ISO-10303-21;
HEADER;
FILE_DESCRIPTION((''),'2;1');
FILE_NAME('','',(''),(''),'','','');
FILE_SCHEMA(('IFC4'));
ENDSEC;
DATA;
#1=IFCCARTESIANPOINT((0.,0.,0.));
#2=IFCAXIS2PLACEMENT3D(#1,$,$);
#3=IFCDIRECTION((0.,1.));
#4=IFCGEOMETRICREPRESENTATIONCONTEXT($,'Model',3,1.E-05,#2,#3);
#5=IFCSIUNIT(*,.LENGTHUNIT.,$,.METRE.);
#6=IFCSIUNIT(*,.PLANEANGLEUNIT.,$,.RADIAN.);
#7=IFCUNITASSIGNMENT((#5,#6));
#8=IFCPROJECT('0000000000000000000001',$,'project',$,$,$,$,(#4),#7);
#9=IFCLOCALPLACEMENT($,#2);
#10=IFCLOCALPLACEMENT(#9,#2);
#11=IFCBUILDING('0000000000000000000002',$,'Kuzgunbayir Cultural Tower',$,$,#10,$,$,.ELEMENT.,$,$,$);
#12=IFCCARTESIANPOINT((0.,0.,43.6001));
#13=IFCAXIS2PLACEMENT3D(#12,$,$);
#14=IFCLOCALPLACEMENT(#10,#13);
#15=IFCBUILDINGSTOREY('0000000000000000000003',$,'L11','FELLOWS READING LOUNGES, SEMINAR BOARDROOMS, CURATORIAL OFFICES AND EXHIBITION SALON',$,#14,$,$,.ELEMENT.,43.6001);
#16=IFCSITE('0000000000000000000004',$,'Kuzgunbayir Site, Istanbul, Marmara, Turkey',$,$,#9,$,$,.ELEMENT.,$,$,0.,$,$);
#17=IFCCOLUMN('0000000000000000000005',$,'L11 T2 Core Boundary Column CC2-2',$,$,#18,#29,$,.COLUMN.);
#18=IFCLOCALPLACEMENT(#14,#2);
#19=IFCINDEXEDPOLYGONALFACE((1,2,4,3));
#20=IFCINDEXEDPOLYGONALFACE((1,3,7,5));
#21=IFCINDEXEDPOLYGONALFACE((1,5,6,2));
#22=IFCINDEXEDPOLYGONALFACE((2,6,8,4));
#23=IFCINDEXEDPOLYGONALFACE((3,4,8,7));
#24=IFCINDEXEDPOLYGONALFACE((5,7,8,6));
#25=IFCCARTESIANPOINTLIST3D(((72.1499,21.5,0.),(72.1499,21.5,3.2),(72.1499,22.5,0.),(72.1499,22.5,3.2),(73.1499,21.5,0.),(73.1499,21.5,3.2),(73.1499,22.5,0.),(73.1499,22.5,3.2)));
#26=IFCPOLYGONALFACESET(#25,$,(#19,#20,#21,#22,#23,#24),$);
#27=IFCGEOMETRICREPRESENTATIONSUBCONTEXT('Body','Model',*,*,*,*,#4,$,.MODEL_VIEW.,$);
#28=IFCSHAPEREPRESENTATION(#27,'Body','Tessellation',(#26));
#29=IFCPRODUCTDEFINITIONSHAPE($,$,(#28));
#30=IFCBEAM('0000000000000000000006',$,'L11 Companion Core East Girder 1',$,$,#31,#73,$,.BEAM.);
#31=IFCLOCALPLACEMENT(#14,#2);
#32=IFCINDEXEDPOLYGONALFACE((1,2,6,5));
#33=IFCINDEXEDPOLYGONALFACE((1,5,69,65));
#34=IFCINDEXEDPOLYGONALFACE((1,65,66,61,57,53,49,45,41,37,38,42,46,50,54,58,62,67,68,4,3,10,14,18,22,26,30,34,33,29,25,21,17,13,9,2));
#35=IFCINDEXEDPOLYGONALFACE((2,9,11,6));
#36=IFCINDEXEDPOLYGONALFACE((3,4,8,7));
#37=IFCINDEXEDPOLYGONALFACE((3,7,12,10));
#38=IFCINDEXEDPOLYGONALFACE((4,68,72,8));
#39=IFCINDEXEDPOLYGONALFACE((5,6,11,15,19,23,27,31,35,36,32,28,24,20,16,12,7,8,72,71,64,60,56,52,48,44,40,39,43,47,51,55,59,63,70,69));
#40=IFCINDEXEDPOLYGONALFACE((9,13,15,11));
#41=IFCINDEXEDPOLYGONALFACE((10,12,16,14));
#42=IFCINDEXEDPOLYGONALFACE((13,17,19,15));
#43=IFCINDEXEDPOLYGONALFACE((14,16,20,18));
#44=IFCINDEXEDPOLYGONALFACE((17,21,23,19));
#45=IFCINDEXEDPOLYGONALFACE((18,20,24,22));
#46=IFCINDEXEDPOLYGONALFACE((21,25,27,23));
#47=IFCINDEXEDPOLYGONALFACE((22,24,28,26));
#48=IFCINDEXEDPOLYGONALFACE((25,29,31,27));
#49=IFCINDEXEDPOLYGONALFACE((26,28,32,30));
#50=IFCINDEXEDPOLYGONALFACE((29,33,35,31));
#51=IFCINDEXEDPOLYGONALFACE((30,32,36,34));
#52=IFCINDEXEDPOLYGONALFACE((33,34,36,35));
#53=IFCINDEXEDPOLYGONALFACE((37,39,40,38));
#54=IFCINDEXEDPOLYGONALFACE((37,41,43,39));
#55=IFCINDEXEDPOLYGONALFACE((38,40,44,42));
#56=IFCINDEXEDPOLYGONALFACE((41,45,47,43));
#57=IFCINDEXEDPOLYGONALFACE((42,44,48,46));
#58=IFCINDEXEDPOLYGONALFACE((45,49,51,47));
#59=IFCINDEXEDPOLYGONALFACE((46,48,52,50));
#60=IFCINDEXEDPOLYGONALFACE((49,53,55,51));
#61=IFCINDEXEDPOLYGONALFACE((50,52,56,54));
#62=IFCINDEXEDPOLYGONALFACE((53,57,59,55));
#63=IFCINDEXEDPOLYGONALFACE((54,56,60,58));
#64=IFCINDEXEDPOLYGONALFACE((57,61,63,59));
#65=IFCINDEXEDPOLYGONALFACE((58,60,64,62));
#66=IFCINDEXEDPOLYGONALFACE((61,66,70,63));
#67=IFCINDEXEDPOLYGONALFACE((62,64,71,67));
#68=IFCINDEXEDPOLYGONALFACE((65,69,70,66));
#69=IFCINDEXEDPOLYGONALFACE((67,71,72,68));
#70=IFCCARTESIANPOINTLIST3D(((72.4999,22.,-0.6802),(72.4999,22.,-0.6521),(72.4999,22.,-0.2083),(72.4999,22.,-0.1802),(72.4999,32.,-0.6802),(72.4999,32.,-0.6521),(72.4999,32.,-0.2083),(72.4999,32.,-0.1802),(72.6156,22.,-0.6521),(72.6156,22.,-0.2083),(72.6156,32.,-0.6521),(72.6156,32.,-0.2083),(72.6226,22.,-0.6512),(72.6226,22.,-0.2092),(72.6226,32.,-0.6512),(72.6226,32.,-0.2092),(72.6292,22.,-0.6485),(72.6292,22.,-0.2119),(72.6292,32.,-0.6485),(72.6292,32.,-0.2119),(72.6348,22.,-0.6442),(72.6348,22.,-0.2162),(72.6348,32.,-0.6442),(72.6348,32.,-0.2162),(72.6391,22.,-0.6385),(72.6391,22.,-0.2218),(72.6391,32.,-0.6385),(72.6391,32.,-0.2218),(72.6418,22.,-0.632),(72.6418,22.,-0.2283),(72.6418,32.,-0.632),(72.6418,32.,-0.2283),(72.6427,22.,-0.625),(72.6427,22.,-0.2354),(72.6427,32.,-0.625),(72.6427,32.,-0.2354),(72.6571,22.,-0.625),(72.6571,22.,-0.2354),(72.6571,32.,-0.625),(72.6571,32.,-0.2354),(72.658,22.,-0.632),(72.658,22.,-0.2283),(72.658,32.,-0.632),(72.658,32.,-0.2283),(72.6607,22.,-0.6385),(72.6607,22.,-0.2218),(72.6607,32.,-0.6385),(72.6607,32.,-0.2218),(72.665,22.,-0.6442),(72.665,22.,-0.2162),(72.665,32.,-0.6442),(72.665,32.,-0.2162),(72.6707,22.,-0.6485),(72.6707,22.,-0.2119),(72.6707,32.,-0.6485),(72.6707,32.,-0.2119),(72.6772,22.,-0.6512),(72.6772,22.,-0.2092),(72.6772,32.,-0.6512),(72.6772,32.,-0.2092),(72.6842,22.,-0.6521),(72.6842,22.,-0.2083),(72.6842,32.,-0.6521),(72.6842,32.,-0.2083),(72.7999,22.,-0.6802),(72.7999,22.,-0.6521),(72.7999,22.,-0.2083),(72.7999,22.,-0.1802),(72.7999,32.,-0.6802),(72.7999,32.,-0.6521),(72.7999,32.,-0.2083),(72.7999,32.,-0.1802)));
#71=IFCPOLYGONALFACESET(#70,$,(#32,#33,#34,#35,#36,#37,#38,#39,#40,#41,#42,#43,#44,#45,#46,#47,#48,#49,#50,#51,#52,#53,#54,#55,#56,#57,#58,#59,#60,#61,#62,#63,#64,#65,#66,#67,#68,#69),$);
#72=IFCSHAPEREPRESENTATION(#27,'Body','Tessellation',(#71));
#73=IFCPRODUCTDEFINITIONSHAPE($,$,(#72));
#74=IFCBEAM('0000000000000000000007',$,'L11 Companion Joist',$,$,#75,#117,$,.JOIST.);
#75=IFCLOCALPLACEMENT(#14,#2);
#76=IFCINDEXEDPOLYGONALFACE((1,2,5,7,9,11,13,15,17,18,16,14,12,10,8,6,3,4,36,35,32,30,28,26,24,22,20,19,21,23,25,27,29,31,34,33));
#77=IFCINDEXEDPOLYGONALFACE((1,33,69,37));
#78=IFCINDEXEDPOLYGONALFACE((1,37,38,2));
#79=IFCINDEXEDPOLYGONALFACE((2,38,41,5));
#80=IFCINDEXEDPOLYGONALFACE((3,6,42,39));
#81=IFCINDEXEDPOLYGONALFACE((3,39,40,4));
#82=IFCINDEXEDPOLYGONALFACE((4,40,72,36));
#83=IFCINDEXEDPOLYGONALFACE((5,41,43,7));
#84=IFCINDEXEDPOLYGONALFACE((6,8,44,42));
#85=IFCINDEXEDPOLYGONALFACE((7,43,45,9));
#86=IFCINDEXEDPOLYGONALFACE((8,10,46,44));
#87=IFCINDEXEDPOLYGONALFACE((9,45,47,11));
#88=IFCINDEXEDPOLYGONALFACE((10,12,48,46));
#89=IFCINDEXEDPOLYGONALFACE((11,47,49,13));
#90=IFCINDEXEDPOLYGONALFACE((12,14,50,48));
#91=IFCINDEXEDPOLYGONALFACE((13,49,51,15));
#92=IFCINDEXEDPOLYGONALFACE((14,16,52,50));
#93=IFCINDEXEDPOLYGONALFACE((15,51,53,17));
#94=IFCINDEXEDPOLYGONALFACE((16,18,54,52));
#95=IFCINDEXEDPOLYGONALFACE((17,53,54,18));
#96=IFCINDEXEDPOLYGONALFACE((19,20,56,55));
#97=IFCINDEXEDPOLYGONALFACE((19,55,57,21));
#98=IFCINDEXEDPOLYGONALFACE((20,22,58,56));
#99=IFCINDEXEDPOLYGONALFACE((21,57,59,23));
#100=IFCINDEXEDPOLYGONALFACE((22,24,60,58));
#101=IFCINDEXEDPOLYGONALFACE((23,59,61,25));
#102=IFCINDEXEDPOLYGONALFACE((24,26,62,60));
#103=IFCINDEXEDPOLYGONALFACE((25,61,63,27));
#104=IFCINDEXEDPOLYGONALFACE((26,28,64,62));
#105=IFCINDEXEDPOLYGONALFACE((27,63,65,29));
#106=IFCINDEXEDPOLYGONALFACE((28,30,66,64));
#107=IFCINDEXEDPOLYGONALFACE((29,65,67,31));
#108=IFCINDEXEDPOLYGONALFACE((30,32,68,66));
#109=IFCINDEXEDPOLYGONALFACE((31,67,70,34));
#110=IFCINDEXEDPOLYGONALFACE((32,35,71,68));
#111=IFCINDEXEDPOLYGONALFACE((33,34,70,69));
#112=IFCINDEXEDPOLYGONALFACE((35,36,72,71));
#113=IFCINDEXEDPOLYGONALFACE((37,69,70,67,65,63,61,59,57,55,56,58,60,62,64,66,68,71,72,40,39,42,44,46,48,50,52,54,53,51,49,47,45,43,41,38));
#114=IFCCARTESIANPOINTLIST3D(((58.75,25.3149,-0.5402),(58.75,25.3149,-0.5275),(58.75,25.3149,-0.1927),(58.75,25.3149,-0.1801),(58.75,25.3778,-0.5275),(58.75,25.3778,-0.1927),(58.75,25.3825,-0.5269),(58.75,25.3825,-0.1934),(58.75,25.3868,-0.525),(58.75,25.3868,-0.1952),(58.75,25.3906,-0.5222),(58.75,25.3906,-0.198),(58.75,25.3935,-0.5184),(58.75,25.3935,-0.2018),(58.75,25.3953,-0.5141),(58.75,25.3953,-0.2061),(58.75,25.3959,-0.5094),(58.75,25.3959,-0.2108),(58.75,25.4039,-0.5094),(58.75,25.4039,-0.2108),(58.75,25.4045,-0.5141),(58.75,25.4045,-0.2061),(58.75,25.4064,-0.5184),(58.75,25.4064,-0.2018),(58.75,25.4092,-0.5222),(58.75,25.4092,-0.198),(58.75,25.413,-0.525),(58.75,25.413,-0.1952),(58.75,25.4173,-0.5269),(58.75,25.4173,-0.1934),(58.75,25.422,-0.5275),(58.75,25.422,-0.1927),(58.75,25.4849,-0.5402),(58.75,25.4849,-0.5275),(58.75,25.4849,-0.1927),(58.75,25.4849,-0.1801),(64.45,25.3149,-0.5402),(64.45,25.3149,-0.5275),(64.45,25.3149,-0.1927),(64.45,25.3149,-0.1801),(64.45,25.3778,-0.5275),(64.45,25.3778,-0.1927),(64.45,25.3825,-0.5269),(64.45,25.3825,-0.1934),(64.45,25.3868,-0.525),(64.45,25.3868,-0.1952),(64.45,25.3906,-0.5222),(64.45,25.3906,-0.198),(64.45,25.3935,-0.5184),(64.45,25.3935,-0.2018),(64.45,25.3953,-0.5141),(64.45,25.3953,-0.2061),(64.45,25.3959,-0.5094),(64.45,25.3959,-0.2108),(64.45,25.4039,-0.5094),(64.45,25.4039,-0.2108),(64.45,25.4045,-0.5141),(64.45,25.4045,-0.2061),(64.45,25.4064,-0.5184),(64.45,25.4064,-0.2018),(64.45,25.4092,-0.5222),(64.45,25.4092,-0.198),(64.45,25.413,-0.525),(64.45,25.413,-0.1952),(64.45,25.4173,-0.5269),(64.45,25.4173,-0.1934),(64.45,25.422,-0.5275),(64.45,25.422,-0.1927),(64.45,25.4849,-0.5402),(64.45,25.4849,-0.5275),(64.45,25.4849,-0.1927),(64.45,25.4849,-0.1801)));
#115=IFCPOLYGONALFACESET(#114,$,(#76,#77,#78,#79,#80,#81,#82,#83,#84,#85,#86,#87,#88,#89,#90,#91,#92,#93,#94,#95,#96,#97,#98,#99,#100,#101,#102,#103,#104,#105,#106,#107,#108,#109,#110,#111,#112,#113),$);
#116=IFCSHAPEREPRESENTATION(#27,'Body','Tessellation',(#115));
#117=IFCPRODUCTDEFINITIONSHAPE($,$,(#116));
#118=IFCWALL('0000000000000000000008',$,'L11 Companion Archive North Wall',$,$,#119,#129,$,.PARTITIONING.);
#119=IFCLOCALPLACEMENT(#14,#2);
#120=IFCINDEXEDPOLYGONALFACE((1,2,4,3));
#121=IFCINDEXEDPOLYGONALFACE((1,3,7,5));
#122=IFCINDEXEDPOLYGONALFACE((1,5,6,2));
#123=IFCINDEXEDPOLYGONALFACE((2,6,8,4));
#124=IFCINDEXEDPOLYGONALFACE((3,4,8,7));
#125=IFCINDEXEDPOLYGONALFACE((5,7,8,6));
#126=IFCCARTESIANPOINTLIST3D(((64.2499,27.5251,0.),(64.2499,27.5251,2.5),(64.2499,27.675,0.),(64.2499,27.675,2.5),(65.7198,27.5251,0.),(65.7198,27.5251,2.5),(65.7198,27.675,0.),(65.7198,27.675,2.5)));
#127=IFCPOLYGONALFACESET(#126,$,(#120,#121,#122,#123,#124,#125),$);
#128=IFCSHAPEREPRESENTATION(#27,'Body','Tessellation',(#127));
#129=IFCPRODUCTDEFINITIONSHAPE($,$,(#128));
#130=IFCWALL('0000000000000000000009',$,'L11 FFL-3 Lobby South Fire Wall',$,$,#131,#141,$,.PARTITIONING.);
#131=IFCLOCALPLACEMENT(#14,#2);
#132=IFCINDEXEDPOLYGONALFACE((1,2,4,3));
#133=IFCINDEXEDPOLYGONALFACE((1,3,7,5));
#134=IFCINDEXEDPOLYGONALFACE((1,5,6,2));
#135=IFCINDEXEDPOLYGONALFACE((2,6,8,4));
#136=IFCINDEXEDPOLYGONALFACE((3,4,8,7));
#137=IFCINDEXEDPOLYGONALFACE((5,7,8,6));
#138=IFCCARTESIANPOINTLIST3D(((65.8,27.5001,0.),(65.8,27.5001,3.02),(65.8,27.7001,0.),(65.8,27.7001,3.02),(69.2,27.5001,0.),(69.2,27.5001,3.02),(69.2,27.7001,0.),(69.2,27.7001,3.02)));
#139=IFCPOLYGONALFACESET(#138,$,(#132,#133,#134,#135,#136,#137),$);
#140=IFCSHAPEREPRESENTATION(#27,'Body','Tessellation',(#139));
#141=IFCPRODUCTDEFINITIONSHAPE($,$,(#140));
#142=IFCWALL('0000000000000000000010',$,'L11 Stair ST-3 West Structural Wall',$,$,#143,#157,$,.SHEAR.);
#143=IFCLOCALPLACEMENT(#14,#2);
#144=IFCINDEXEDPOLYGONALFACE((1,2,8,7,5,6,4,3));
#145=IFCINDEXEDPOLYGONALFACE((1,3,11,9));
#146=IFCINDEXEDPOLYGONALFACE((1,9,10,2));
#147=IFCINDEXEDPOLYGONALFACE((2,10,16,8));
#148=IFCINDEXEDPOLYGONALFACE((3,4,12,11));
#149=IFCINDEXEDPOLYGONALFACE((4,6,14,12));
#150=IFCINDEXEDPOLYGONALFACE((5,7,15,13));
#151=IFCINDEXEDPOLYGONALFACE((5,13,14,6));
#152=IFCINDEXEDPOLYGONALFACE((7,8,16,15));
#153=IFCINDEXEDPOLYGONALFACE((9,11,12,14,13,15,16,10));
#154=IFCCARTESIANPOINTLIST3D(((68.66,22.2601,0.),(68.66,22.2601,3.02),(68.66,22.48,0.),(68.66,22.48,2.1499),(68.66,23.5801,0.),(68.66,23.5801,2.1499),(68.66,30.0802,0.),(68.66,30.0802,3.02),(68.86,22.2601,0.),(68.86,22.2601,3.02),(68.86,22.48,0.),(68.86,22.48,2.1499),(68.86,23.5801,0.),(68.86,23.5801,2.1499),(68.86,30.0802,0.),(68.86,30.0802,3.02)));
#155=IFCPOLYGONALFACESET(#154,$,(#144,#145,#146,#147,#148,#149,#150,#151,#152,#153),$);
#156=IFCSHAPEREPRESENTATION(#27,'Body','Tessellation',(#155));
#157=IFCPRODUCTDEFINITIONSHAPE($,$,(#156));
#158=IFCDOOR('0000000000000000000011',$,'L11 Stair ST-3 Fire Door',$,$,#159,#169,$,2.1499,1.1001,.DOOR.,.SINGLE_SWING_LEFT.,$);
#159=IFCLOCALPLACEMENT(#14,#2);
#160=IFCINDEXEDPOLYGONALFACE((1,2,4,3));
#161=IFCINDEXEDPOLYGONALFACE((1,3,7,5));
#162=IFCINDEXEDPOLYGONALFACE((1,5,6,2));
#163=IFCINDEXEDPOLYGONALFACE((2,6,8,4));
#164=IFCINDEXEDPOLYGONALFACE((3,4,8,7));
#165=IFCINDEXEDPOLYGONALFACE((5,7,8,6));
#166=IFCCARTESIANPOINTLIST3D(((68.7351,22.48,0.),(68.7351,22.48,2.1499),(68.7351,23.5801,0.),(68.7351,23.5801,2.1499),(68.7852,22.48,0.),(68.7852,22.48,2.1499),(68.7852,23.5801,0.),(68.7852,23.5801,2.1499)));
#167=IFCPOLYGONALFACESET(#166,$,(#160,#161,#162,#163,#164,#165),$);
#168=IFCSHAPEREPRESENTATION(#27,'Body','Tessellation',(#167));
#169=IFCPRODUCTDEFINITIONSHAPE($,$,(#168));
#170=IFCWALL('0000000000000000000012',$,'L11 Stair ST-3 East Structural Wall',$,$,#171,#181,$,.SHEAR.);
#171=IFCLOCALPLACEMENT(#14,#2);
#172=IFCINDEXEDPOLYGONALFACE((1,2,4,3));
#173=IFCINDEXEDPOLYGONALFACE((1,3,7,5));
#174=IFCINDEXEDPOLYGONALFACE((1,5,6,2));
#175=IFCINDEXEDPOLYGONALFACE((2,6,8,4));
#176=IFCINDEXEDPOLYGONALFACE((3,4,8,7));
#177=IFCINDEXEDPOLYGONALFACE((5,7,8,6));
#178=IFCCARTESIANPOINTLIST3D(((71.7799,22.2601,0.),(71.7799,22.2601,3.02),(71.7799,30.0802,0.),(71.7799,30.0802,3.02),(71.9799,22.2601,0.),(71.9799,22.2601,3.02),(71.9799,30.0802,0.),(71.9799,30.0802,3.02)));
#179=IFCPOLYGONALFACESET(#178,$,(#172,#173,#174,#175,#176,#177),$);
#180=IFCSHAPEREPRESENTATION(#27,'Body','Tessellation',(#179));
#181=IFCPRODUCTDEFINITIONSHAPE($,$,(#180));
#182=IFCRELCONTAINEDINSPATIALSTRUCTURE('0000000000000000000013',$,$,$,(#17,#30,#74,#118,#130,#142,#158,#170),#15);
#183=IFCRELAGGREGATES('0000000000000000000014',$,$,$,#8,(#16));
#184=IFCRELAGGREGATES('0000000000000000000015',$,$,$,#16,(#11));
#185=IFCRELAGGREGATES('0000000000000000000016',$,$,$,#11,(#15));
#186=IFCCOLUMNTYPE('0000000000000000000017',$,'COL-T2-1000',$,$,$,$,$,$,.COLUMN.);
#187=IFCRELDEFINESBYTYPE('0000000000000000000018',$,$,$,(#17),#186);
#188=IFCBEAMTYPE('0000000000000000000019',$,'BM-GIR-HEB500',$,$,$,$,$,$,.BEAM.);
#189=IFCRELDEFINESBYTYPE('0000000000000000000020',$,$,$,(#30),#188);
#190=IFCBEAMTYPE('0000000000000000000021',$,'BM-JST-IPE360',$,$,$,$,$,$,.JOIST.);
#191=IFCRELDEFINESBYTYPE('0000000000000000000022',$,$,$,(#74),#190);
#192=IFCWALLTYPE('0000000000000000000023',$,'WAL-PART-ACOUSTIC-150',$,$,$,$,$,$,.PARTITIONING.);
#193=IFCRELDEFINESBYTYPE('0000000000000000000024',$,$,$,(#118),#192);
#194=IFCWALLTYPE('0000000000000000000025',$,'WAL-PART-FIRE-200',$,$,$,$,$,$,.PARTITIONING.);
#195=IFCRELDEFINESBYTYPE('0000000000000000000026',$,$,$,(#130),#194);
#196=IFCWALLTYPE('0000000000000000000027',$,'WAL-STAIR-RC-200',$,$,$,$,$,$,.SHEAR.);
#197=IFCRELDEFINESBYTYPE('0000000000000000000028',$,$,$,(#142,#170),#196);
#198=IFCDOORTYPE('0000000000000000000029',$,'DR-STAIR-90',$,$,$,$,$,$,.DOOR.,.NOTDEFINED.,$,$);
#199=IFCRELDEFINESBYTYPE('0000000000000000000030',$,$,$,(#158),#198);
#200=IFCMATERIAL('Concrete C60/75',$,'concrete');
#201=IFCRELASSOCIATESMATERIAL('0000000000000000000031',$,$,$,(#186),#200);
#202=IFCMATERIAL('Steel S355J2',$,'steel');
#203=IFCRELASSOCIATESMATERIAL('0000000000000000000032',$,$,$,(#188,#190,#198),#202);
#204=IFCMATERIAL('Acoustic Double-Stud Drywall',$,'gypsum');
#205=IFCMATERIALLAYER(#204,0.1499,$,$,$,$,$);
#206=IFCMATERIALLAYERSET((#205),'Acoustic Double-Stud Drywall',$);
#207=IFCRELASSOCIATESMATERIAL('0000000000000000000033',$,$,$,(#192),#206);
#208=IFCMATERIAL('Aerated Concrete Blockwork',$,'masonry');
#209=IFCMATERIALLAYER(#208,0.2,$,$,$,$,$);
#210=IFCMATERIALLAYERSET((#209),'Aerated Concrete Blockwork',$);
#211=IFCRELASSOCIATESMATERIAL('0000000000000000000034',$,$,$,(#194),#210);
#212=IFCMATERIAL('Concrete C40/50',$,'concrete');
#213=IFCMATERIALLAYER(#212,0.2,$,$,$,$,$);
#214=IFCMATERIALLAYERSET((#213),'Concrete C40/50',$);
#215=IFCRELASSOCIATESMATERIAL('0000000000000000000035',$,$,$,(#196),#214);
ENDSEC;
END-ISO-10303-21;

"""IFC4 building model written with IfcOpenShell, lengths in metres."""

from ifc_helpers import new_model, si_unit, direction, frame, frame_2d, origin, origin_2d, place, context, subcontext, project, spatial, rectangle, i_section, extrude, material, layer, layer_set, material_profile, profile_set, type_object, element, fill, save


model = new_model("IFC4")

# Units and contexts
model_context = context("Model", 3, precision=1e-05, world=origin(), true_north=direction((0.0, 1.0)))
body_context = subcontext(model_context, "Body", "Model", "MODEL_VIEW")
ifc_project = project(units=[si_unit("LENGTHUNIT", "METRE"), si_unit("PLANEANGLEUNIT", "RADIAN")], contexts=[model_context])

# Site, building, storey
site_placement = place(None, origin())
site = spatial("IfcSite", under=ifc_project, at=site_placement, Name="Kuzgunbayir Site, Istanbul, Marmara, Turkey", CompositionType="ELEMENT", RefElevation=0.0)
building_placement = place(site_placement, origin())
building = spatial("IfcBuilding", under=site, at=building_placement, Name="Kuzgunbayir Cultural Tower", CompositionType="ELEMENT")
storey_placement = place(building_placement, frame((0.0, 0.0, 43.6001)))
storey = spatial("IfcBuildingStorey", under=building, at=storey_placement, Name="L11", Description="FELLOWS READING LOUNGES, SEMINAR BOARDROOMS, CURATORIAL OFFICES AND EXHIBITION SALON", CompositionType="ELEMENT", Elevation=43.6001)

# Column
ifc_material_1 = material(Name="Concrete C60/75", Category="concrete")
ifc_material_profile_1 = material_profile(ifc_material_1, rectangle(XDim=1.0, YDim=1.0, at=origin_2d()), Name="RC 1000x1000")
ifc_profile_set_1 = profile_set([ifc_material_profile_1], Name="Concrete C60/75")
column_type = type_object("IfcColumnType", Name="COL-T2-1000", PredefinedType="COLUMN", material=ifc_profile_set_1)
column_placement = place(storey_placement, frame((72.6499, 22.0, 0.0), z_axis=(0.0, 0.0, 1.0), x_axis=(1.0, 0.0, 0.0)))
element("IfcColumn", 1, at=column_placement, inside=storey, type_object=column_type, Name="L11 T2 Core Boundary Column CC2-2", PredefinedType="COLUMN", context=body_context, shape_type="SweptSolid", body=[
    extrude(rectangle(XDim=1.0, YDim=1.0, at=origin_2d()), origin(), (0.0, 0.0, 1.0), 3.2),
])

# Beams
ifc_material_2 = material(Name="Steel S355J2", Category="steel")
ifc_material_profile_2 = material_profile(ifc_material_2, i_section(OverallWidth=0.3, OverallDepth=0.5, WebThickness=0.0144, FlangeThickness=0.0281, FilletRadius=0.0271, at=origin_2d()), Name="HEB 500")
ifc_profile_set_2 = profile_set([ifc_material_profile_2], Name="Steel S355J2")
beam_type_1 = type_object("IfcBeamType", Name="BM-GIR-HEB500", PredefinedType="BEAM", material=ifc_profile_set_2)
beam_1_placement = place(storey_placement, frame((72.6499, 22.0, -0.4302), z_axis=(0.0, 1.0, 0.0), x_axis=(-1.0, 0.0, 0.0)))
element("IfcBeam", 2, at=beam_1_placement, inside=storey, type_object=beam_type_1, Name="L11 Companion Core East Girder 1", PredefinedType="BEAM", context=body_context, shape_type="SweptSolid", body=[
    extrude(i_section(OverallWidth=0.3, OverallDepth=0.5, WebThickness=0.0144, FlangeThickness=0.0281, FilletRadius=0.0271, at=origin_2d()), origin(), (0.0, 0.0, 1.0), 10.0),
])
ifc_material_profile_3 = material_profile(ifc_material_2, i_section(OverallWidth=0.1699, OverallDepth=0.3601, WebThickness=0.0081, FlangeThickness=0.0127, FilletRadius=0.0181, at=origin_2d()), Name="IPE 360")
ifc_profile_set_3 = profile_set([ifc_material_profile_3], Name="Steel S355J2")
beam_type_2 = type_object("IfcBeamType", Name="BM-JST-IPE360", PredefinedType="JOIST", material=ifc_profile_set_3)
beam_2_placement = place(storey_placement, frame((58.75, 25.3999, -0.3601), z_axis=(1.0, 0.0, 0.0), x_axis=(0.0, 1.0, 0.0)))
element("IfcBeam", 3, at=beam_2_placement, inside=storey, type_object=beam_type_2, Name="L11 Companion Joist", PredefinedType="JOIST", context=body_context, shape_type="SweptSolid", body=[
    extrude(i_section(OverallWidth=0.1699, OverallDepth=0.3601, WebThickness=0.0081, FlangeThickness=0.0127, FilletRadius=0.0181, at=origin_2d()), origin(), (0.0, 0.0, 1.0), 5.7),
])

# Wall
ifc_material_3 = material(Name="Acoustic Double-Stud Drywall", Category="gypsum")
ifc_layer_1 = layer(ifc_material_3, 0.1499)
ifc_layer_set_1 = layer_set([ifc_layer_1], Name="Acoustic Double-Stud Drywall")
wall_type_1 = type_object("IfcWallType", Name="WAL-PART-ACOUSTIC-150", PredefinedType="PARTITIONING", material=ifc_layer_set_1)
wall_1_placement = place(storey_placement, frame((64.25, 27.6001, 0.0), z_axis=(0.0, 0.0, 1.0), x_axis=(1.0, 0.0, 0.0)))
element("IfcWall", 4, at=wall_1_placement, inside=storey, type_object=wall_type_1, Name="L11 Companion Archive North Wall", PredefinedType="PARTITIONING", context=body_context, shape_type="SweptSolid", body=[
    extrude(rectangle(XDim=1.47, YDim=0.1499, at=frame_2d((0.7349, 0.0))), origin(), (0.0, 0.0, 1.0), 2.5),
])

# Shared definitions
ifc_material_4 = material(Name="Aerated Concrete Blockwork", Category="masonry")
ifc_layer_2 = layer(ifc_material_4, 0.2)
ifc_layer_set_2 = layer_set([ifc_layer_2], Name="Aerated Concrete Blockwork")
wall_type_2 = type_object("IfcWallType", Name="WAL-PART-FIRE-200", PredefinedType="PARTITIONING", material=ifc_layer_set_2)

# Wall
wall_2_placement = place(storey_placement, frame((65.8, 27.6001, 0.0), z_axis=(0.0, 0.0, 1.0), x_axis=(1.0, 0.0, 0.0)))
element("IfcWall", 5, at=wall_2_placement, inside=storey, type_object=wall_type_2, Name="L11 FFL-3 Lobby South Fire Wall", PredefinedType="PARTITIONING", context=body_context, shape_type="SweptSolid", body=[
    extrude(rectangle(XDim=3.3999, YDim=0.2, at=frame_2d((1.7, 0.0))), origin(), (0.0, 0.0, 1.0), 3.02),
])

# Wall, opening, door
ifc_material_5 = material(Name="Concrete C40/50", Category="concrete")
ifc_layer_3 = layer(ifc_material_5, 0.2)
ifc_layer_set_3 = layer_set([ifc_layer_3], Name="Concrete C40/50")
wall_type_3 = type_object("IfcWallType", Name="WAL-STAIR-RC-200", PredefinedType="SHEAR", material=ifc_layer_set_3)
wall_3_placement = place(storey_placement, frame((68.76, 22.26, 0.0), z_axis=(0.0, 0.0, 1.0), x_axis=(0.0, 1.0, 0.0)))
wall_3 = element("IfcWall", 6, at=wall_3_placement, inside=storey, type_object=wall_type_3, Name="L11 Stair ST-3 West Structural Wall", PredefinedType="SHEAR", context=body_context, shape_type="SweptSolid", body=[
    extrude(rectangle(XDim=7.8201, YDim=0.2, at=frame_2d((3.9102, 0.0))), origin(), (0.0, 0.0, 1.0), 3.02),
])
opening_1_placement = place(wall_3_placement, frame((0.22, 0.0, 0.0)))
opening_1 = element("IfcOpeningElement", 7, at=opening_1_placement, cuts=wall_3, PredefinedType="OPENING", context=body_context, shape_type="SweptSolid", body=[
    extrude(rectangle(XDim=1.1001, YDim=2.1499, at=frame_2d((0.55, 1.075))), frame((0.0, 0.1099, 0.0), z_axis=(0.0, -1.0, 0.0), x_axis=(1.0, 0.0, 0.0)), (0.0, 0.0, 1.0), 0.22),
])
door_type_1 = type_object("IfcDoorType", Name="DR-STAIR-90", OperationType="NOTDEFINED", PredefinedType="DOOR", material=ifc_material_2)
door_1_placement = place(opening_1_placement, origin())
door_1 = element("IfcDoor", 8, at=door_1_placement, inside=storey, type_object=door_type_1, Name="L11 Stair ST-3 Fire Door", OperationType="SINGLE_SWING_LEFT", OverallHeight=2.1499, OverallWidth=1.1001, PredefinedType="DOOR", context=body_context, shape_type="SweptSolid", body=[
    extrude(rectangle(XDim=1.1001, YDim=2.1499, at=frame_2d((0.55, 1.075))), frame((0.0, 0.0249, 0.0), z_axis=(0.0, -1.0, 0.0), x_axis=(1.0, 0.0, 0.0)), (0.0, 0.0, 1.0), 0.05),
])
fill(opening_1, door_1)

# Wall
wall_4_placement = place(storey_placement, frame((71.8799, 22.26, 0.0), z_axis=(0.0, 0.0, 1.0), x_axis=(0.0, 1.0, 0.0)))
element("IfcWall", 9, at=wall_4_placement, inside=storey, type_object=wall_type_3, Name="L11 Stair ST-3 East Structural Wall", PredefinedType="SHEAR", context=body_context, shape_type="SweptSolid", body=[
    extrude(rectangle(XDim=7.8201, YDim=0.2, at=frame_2d((3.9102, 0.0))), origin(), (0.0, 0.0, 1.0), 3.02),
])

save(model, "model.ifc")
